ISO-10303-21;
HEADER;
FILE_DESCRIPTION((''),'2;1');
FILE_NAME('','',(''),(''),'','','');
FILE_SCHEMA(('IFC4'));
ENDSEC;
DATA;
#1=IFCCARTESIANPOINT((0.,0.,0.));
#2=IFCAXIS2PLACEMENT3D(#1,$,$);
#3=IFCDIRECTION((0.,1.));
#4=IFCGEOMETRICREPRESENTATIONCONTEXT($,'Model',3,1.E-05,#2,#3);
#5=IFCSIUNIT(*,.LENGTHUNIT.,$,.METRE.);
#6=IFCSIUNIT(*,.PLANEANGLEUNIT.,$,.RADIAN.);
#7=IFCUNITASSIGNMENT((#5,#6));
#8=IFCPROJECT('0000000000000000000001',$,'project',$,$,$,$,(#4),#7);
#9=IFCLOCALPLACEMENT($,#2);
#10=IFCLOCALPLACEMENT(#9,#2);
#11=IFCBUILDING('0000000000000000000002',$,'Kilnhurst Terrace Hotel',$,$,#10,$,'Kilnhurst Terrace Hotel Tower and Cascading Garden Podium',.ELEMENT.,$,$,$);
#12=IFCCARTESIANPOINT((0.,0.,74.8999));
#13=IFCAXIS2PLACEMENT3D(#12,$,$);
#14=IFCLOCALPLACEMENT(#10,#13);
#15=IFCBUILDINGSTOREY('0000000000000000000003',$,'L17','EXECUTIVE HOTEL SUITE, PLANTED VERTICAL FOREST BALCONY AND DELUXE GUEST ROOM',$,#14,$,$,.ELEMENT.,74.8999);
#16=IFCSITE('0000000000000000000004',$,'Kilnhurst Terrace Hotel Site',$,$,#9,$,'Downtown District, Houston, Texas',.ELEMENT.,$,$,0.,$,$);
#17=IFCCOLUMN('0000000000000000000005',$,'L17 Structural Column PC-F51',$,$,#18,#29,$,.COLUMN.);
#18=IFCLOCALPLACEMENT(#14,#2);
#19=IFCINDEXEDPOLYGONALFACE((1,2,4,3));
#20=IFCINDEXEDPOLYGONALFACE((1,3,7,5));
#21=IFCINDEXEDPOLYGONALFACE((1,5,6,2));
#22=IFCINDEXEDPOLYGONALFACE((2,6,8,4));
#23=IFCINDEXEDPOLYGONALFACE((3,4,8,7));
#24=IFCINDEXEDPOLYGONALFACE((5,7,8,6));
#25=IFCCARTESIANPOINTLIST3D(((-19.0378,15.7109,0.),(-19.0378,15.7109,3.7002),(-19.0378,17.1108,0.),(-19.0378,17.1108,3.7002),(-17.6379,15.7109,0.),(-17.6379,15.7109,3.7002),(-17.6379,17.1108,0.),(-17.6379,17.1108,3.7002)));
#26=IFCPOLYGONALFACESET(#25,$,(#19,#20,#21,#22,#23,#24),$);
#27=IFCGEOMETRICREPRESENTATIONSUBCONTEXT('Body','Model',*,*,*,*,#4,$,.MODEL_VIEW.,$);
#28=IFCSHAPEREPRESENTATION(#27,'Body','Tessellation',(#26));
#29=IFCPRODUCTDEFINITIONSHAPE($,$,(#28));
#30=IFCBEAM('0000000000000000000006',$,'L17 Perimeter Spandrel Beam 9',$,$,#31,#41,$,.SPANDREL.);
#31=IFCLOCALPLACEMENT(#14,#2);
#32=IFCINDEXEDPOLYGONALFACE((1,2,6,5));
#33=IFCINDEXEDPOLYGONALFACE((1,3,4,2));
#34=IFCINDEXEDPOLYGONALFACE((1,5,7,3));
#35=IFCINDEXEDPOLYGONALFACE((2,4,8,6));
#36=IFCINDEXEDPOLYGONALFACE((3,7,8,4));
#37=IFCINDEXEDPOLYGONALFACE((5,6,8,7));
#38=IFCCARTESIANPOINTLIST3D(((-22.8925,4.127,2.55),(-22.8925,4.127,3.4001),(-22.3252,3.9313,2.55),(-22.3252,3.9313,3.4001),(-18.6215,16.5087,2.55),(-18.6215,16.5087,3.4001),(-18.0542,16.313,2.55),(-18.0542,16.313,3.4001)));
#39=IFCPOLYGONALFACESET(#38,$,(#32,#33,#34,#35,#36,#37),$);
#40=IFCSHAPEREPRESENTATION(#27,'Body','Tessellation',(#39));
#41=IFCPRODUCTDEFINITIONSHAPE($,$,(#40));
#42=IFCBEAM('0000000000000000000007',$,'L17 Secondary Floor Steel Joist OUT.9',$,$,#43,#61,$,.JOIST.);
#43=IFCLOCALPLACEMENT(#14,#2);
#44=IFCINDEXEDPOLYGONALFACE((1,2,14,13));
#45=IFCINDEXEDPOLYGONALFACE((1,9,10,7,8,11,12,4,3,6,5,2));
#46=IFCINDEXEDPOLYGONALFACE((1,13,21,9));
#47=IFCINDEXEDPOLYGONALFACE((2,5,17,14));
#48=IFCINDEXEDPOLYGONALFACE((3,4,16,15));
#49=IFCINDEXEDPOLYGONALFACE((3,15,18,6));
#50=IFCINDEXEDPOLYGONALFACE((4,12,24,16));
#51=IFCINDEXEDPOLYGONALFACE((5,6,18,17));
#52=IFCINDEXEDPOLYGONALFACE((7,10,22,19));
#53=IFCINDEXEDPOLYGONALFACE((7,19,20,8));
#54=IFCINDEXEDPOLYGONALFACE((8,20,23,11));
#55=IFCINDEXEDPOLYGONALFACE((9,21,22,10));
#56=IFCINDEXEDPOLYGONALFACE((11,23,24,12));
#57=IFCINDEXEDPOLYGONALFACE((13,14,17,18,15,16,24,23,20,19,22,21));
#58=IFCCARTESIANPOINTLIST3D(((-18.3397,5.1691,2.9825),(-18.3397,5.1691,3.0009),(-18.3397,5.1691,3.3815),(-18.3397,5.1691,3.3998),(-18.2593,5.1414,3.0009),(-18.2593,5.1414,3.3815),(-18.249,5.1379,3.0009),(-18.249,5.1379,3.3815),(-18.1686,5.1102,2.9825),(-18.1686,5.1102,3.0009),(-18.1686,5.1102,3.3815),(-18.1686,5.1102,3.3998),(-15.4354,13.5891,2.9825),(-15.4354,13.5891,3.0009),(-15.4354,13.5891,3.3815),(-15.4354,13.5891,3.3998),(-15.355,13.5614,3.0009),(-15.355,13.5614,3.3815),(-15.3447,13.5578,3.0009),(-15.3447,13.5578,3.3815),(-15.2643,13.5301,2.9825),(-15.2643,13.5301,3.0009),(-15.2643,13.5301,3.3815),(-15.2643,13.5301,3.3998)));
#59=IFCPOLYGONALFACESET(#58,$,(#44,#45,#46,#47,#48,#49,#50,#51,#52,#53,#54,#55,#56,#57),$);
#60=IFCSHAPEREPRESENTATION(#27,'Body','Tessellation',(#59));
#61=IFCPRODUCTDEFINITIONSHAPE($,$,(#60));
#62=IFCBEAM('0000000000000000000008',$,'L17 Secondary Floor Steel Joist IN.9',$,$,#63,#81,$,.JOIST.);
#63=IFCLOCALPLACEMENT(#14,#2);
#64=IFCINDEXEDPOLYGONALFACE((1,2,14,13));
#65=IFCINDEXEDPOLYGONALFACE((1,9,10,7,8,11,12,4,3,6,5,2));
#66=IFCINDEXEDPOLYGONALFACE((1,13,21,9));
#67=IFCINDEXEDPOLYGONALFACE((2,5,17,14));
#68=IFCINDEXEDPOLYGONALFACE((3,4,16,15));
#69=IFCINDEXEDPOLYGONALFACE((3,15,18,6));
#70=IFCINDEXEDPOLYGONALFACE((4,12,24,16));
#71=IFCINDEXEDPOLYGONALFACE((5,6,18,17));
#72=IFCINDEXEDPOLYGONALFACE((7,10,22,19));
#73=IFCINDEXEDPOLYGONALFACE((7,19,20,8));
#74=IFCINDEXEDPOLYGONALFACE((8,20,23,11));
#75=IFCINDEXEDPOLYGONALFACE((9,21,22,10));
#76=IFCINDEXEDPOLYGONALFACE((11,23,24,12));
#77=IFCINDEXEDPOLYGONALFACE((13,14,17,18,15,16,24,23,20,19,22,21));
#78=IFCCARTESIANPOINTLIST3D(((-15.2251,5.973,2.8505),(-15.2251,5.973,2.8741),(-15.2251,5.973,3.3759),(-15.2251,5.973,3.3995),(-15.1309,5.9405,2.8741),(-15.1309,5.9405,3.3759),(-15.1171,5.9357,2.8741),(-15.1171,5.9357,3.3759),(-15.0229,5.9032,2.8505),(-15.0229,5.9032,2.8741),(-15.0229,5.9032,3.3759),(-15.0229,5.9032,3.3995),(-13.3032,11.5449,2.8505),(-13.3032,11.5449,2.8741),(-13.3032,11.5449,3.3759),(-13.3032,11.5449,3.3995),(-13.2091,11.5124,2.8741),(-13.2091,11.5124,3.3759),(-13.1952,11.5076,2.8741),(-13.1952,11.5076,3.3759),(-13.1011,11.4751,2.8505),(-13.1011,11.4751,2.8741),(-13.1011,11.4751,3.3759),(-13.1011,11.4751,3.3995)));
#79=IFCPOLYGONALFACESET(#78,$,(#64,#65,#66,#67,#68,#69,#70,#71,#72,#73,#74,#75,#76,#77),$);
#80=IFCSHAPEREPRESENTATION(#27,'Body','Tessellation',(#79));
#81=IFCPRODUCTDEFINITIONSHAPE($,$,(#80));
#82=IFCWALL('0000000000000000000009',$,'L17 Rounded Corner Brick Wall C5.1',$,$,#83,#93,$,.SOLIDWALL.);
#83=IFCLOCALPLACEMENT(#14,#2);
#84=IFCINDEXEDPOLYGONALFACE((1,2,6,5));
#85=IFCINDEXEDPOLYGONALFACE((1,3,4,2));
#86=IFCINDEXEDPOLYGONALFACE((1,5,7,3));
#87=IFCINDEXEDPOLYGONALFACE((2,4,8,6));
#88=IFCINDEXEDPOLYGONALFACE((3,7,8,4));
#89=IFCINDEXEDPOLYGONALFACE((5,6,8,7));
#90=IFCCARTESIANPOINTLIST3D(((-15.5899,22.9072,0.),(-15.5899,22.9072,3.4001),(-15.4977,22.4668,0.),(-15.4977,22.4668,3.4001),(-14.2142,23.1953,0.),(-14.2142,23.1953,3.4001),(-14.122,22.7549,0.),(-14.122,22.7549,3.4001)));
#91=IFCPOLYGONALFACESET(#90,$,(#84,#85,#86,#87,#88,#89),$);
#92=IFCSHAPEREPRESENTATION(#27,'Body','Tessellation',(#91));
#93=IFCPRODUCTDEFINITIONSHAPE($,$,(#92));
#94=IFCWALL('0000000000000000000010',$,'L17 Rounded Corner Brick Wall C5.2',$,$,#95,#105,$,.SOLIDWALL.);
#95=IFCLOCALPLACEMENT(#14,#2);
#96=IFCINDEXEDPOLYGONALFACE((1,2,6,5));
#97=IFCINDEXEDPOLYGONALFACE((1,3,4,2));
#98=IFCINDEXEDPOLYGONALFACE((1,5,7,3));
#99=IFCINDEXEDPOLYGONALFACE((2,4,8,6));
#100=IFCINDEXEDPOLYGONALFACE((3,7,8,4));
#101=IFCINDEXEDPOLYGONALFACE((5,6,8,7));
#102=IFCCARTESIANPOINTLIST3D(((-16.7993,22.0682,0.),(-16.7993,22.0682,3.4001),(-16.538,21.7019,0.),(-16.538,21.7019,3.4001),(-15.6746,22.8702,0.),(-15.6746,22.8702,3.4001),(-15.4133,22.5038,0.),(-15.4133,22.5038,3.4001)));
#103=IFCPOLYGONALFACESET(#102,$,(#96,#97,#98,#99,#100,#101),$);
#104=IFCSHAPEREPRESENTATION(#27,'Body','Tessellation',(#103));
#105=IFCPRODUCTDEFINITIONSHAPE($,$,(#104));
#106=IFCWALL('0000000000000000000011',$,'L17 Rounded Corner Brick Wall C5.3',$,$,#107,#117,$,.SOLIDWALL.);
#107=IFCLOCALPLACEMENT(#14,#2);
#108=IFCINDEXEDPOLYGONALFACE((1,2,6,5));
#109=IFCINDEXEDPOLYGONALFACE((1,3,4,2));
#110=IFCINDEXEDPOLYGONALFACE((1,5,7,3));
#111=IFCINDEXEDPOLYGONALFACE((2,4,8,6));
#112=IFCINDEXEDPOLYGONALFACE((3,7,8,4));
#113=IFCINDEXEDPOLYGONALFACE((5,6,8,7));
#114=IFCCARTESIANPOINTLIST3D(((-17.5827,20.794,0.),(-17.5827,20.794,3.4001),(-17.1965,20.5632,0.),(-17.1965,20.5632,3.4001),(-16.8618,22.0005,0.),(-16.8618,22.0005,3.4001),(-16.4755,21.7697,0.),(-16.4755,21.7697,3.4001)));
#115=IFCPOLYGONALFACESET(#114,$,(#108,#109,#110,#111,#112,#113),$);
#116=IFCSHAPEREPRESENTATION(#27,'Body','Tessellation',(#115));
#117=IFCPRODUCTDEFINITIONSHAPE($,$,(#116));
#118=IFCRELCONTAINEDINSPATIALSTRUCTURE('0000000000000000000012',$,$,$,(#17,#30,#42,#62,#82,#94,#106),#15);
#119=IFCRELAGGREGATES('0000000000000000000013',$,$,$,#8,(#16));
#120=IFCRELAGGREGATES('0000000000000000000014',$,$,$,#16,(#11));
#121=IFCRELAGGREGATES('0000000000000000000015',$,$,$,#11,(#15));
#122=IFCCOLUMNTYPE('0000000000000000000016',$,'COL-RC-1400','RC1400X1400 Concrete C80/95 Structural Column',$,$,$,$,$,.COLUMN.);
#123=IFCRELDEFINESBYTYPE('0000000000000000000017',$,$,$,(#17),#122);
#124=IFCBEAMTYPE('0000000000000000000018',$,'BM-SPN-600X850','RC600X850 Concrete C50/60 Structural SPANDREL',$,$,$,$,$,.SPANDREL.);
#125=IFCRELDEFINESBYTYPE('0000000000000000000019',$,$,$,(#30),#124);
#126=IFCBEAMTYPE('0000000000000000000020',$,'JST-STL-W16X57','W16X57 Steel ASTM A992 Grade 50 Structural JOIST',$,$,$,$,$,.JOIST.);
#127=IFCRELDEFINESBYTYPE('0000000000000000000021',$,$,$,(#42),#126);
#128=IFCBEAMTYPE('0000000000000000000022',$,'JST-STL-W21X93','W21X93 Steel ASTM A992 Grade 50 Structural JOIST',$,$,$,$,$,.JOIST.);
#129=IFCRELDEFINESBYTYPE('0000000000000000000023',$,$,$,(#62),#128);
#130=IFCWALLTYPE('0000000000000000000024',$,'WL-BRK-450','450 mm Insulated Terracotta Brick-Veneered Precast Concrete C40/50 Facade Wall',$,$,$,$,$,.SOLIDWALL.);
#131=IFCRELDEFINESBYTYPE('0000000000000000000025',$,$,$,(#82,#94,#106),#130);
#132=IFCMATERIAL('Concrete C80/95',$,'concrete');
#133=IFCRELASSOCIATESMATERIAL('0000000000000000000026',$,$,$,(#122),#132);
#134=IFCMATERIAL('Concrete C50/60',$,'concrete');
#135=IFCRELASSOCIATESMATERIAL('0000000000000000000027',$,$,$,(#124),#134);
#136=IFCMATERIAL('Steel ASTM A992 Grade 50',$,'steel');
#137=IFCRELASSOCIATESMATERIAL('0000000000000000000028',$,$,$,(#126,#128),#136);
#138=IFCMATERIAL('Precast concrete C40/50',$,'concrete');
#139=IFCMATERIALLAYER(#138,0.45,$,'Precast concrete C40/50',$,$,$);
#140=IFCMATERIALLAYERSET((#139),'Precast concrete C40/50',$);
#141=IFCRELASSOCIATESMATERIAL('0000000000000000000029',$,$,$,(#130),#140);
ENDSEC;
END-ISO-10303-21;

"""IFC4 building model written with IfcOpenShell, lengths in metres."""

from ifc_helpers import new_model, si_unit, direction, frame, frame_2d, origin, origin_2d, place, context, subcontext, project, spatial, rectangle, i_section, extrude, material, layer, layer_set, material_profile, profile_set, type_object, element, save


model = new_model("IFC4")

# Units and contexts
model_context = context("Model", 3, precision=1e-05, world=origin(), true_north=direction((0.0, 1.0)))
body_context = subcontext(model_context, "Body", "Model", "MODEL_VIEW")
ifc_project = project(units=[si_unit("LENGTHUNIT", "METRE"), si_unit("PLANEANGLEUNIT", "RADIAN")], contexts=[model_context])

# Site, building, storey
site_placement = place(None, origin())
site = spatial("IfcSite", under=ifc_project, at=site_placement, Name="Kilnhurst Terrace Hotel Site", LongName="Downtown District, Houston, Texas", CompositionType="ELEMENT", RefElevation=0.0)
building_placement = place(site_placement, origin())
building = spatial("IfcBuilding", under=site, at=building_placement, Name="Kilnhurst Terrace Hotel", LongName="Kilnhurst Terrace Hotel Tower and Cascading Garden Podium", CompositionType="ELEMENT")
storey_placement = place(building_placement, frame((0.0, 0.0, 74.8999)))
storey = spatial("IfcBuildingStorey", under=building, at=storey_placement, Name="L17", Description="EXECUTIVE HOTEL SUITE, PLANTED VERTICAL FOREST BALCONY AND DELUXE GUEST ROOM", CompositionType="ELEMENT", Elevation=74.8999)

# Column
ifc_material_1 = material(Name="Concrete C80/95", Category="concrete")
ifc_material_profile_1 = material_profile(ifc_material_1, rectangle(XDim=1.3999, YDim=1.3999, at=origin_2d()), Name="RC1400X1400")
ifc_profile_set_1 = profile_set([ifc_material_profile_1], Name="Concrete C80/95")
column_type = type_object("IfcColumnType", Name="COL-RC-1400", Description="RC1400X1400 Concrete C80/95 Structural Column", PredefinedType="COLUMN", material=ifc_profile_set_1)
column_placement = place(storey_placement, frame((-18.3379, 16.4109, 0.0), z_axis=(0.0, 0.0, 1.0), x_axis=(1.0, 0.0, 0.0)))
element("IfcColumn", 1, at=column_placement, inside=storey, type_object=column_type, Name="L17 Structural Column PC-F51", PredefinedType="COLUMN", context=body_context, shape_type="SweptSolid", body=[
    extrude(rectangle(XDim=1.3999, YDim=1.3999, at=origin_2d()), origin(), (0.0, 0.0, 1.0), 3.7002),
])

# Beams
ifc_material_2 = material(Name="Concrete C50/60", Category="concrete")
ifc_material_profile_2 = material_profile(ifc_material_2, rectangle(XDim=0.6001, YDim=0.8501, at=origin_2d()), Name="RC600X850")
ifc_profile_set_2 = profile_set([ifc_material_profile_2], Name="Concrete C50/60")
beam_type_1 = type_object("IfcBeamType", Name="BM-SPN-600X850", Description="RC600X850 Concrete C50/60 Structural SPANDREL", PredefinedType="SPANDREL", material=ifc_profile_set_2)
beam_1_placement = place(storey_placement, frame((-18.3379, 16.4109, 2.9751), z_axis=(-0.326086, -0.94534, 0.0), x_axis=(0.94534, -0.326086, 0.0)))
element("IfcBeam", 2, at=beam_1_placement, inside=storey, type_object=beam_type_1, Name="L17 Perimeter Spandrel Beam 9", PredefinedType="SPANDREL", context=body_context, shape_type="SweptSolid", body=[
    extrude(rectangle(XDim=0.6001, YDim=0.8501, at=origin_2d()), origin(), (0.0, 0.0, 1.0), 13.0977),
])
ifc_material_3 = material(Name="Steel ASTM A992 Grade 50", Category="steel")
ifc_material_profile_3 = material_profile(ifc_material_3, i_section(OverallWidth=0.1809, OverallDepth=0.4172, WebThickness=0.011, FlangeThickness=0.0183, at=origin_2d()), Name="W16X57")
ifc_profile_set_3 = profile_set([ifc_material_profile_3], Name="Steel ASTM A992 Grade 50")
beam_type_2 = type_object("IfcBeamType", Name="JST-STL-W16X57", Description="W16X57 Steel ASTM A992 Grade 50 Structural JOIST", PredefinedType="JOIST", material=ifc_profile_set_3)
beam_2_placement = place(storey_placement, frame((-15.3499, 13.5596, 3.1912), z_axis=(-0.326079, -0.945343, 0.0), x_axis=(0.945343, -0.326079, 0.0)))
element("IfcBeam", 3, at=beam_2_placement, inside=storey, type_object=beam_type_2, Name="L17 Secondary Floor Steel Joist OUT.9", PredefinedType="JOIST", context=body_context, shape_type="SweptSolid", body=[
    extrude(i_section(OverallWidth=0.1809, OverallDepth=0.4172, WebThickness=0.011, FlangeThickness=0.0183, at=origin_2d()), origin(), (0.0, 0.0, 1.0), 8.9067),
])
ifc_material_profile_4 = material_profile(ifc_material_3, i_section(OverallWidth=0.2139, OverallDepth=0.5491, WebThickness=0.0146, FlangeThickness=0.0237, at=origin_2d()), Name="W21X93")
ifc_profile_set_4 = profile_set([ifc_material_profile_4], Name="Steel ASTM A992 Grade 50")
beam_type_3 = type_object("IfcBeamType", Name="JST-STL-W21X93", Description="W21X93 Steel ASTM A992 Grade 50 Structural JOIST", PredefinedType="JOIST", material=ifc_profile_set_4)
beam_3_placement = place(storey_placement, frame((-13.2021, 11.51, 3.125), z_axis=(-0.326065, -0.945347, 0.0), x_axis=(0.945347, -0.326065, 0.0)))
element("IfcBeam", 4, at=beam_3_placement, inside=storey, type_object=beam_type_3, Name="L17 Secondary Floor Steel Joist IN.9", PredefinedType="JOIST", context=body_context, shape_type="SweptSolid", body=[
    extrude(i_section(OverallWidth=0.2139, OverallDepth=0.5491, WebThickness=0.0146, FlangeThickness=0.0237, at=origin_2d()), origin(), (0.0, 0.0, 1.0), 5.894),
])

# Walls
ifc_material_4 = material(Name="Precast concrete C40/50", Category="concrete")
ifc_layer_1 = layer(ifc_material_4, 0.45, Name="Precast concrete C40/50")
ifc_layer_set_1 = layer_set([ifc_layer_1], Name="Precast concrete C40/50")
wall_type_1 = type_object("IfcWallType", Name="WL-BRK-450", Description="450 mm Insulated Terracotta Brick-Veneered Precast Concrete C40/50 Facade Wall", PredefinedType="SOLIDWALL", material=ifc_layer_set_1)
wall_1_placement = place(storey_placement, frame((-14.1682, 22.9751, 0.0), z_axis=(0.0, 0.0, 1.0), x_axis=(-0.97877, -0.20496, 0.0)))
element("IfcWall", 5, at=wall_1_placement, inside=storey, type_object=wall_type_1, Name="L17 Rounded Corner Brick Wall C5.1", PredefinedType="SOLIDWALL", context=body_context, shape_type="SweptSolid", body=[
    extrude(rectangle(XDim=1.4055, YDim=0.45, at=frame_2d((0.7026, 0.0))), origin(), (0.0, 0.0, 1.0), 3.4001),
])
wall_2_placement = place(storey_placement, frame((-15.5439, 22.687, 0.0), z_axis=(0.0, 0.0, 1.0), x_axis=(-0.814211, -0.580569, 0.0)))
element("IfcWall", 6, at=wall_2_placement, inside=storey, type_object=wall_type_1, Name="L17 Rounded Corner Brick Wall C5.2", PredefinedType="SOLIDWALL", context=body_context, shape_type="SweptSolid", body=[
    extrude(rectangle(XDim=1.3813, YDim=0.45, at=frame_2d((0.6907, 0.0))), origin(), (0.0, 0.0, 1.0), 3.4001),
])
wall_3_placement = place(storey_placement, frame((-16.6687, 21.885, 0.0), z_axis=(0.0, 0.0, 1.0), x_axis=(-0.512937, -0.858426, 0.0)))
element("IfcWall", 7, at=wall_3_placement, inside=storey, type_object=wall_type_1, Name="L17 Rounded Corner Brick Wall C5.3", PredefinedType="SOLIDWALL", context=body_context, shape_type="SweptSolid", body=[
    extrude(rectangle(XDim=1.4055, YDim=0.45, at=frame_2d((0.7026, 0.0))), origin(), (0.0, 0.0, 1.0), 3.4001),
])

save(model, "model.ifc")
